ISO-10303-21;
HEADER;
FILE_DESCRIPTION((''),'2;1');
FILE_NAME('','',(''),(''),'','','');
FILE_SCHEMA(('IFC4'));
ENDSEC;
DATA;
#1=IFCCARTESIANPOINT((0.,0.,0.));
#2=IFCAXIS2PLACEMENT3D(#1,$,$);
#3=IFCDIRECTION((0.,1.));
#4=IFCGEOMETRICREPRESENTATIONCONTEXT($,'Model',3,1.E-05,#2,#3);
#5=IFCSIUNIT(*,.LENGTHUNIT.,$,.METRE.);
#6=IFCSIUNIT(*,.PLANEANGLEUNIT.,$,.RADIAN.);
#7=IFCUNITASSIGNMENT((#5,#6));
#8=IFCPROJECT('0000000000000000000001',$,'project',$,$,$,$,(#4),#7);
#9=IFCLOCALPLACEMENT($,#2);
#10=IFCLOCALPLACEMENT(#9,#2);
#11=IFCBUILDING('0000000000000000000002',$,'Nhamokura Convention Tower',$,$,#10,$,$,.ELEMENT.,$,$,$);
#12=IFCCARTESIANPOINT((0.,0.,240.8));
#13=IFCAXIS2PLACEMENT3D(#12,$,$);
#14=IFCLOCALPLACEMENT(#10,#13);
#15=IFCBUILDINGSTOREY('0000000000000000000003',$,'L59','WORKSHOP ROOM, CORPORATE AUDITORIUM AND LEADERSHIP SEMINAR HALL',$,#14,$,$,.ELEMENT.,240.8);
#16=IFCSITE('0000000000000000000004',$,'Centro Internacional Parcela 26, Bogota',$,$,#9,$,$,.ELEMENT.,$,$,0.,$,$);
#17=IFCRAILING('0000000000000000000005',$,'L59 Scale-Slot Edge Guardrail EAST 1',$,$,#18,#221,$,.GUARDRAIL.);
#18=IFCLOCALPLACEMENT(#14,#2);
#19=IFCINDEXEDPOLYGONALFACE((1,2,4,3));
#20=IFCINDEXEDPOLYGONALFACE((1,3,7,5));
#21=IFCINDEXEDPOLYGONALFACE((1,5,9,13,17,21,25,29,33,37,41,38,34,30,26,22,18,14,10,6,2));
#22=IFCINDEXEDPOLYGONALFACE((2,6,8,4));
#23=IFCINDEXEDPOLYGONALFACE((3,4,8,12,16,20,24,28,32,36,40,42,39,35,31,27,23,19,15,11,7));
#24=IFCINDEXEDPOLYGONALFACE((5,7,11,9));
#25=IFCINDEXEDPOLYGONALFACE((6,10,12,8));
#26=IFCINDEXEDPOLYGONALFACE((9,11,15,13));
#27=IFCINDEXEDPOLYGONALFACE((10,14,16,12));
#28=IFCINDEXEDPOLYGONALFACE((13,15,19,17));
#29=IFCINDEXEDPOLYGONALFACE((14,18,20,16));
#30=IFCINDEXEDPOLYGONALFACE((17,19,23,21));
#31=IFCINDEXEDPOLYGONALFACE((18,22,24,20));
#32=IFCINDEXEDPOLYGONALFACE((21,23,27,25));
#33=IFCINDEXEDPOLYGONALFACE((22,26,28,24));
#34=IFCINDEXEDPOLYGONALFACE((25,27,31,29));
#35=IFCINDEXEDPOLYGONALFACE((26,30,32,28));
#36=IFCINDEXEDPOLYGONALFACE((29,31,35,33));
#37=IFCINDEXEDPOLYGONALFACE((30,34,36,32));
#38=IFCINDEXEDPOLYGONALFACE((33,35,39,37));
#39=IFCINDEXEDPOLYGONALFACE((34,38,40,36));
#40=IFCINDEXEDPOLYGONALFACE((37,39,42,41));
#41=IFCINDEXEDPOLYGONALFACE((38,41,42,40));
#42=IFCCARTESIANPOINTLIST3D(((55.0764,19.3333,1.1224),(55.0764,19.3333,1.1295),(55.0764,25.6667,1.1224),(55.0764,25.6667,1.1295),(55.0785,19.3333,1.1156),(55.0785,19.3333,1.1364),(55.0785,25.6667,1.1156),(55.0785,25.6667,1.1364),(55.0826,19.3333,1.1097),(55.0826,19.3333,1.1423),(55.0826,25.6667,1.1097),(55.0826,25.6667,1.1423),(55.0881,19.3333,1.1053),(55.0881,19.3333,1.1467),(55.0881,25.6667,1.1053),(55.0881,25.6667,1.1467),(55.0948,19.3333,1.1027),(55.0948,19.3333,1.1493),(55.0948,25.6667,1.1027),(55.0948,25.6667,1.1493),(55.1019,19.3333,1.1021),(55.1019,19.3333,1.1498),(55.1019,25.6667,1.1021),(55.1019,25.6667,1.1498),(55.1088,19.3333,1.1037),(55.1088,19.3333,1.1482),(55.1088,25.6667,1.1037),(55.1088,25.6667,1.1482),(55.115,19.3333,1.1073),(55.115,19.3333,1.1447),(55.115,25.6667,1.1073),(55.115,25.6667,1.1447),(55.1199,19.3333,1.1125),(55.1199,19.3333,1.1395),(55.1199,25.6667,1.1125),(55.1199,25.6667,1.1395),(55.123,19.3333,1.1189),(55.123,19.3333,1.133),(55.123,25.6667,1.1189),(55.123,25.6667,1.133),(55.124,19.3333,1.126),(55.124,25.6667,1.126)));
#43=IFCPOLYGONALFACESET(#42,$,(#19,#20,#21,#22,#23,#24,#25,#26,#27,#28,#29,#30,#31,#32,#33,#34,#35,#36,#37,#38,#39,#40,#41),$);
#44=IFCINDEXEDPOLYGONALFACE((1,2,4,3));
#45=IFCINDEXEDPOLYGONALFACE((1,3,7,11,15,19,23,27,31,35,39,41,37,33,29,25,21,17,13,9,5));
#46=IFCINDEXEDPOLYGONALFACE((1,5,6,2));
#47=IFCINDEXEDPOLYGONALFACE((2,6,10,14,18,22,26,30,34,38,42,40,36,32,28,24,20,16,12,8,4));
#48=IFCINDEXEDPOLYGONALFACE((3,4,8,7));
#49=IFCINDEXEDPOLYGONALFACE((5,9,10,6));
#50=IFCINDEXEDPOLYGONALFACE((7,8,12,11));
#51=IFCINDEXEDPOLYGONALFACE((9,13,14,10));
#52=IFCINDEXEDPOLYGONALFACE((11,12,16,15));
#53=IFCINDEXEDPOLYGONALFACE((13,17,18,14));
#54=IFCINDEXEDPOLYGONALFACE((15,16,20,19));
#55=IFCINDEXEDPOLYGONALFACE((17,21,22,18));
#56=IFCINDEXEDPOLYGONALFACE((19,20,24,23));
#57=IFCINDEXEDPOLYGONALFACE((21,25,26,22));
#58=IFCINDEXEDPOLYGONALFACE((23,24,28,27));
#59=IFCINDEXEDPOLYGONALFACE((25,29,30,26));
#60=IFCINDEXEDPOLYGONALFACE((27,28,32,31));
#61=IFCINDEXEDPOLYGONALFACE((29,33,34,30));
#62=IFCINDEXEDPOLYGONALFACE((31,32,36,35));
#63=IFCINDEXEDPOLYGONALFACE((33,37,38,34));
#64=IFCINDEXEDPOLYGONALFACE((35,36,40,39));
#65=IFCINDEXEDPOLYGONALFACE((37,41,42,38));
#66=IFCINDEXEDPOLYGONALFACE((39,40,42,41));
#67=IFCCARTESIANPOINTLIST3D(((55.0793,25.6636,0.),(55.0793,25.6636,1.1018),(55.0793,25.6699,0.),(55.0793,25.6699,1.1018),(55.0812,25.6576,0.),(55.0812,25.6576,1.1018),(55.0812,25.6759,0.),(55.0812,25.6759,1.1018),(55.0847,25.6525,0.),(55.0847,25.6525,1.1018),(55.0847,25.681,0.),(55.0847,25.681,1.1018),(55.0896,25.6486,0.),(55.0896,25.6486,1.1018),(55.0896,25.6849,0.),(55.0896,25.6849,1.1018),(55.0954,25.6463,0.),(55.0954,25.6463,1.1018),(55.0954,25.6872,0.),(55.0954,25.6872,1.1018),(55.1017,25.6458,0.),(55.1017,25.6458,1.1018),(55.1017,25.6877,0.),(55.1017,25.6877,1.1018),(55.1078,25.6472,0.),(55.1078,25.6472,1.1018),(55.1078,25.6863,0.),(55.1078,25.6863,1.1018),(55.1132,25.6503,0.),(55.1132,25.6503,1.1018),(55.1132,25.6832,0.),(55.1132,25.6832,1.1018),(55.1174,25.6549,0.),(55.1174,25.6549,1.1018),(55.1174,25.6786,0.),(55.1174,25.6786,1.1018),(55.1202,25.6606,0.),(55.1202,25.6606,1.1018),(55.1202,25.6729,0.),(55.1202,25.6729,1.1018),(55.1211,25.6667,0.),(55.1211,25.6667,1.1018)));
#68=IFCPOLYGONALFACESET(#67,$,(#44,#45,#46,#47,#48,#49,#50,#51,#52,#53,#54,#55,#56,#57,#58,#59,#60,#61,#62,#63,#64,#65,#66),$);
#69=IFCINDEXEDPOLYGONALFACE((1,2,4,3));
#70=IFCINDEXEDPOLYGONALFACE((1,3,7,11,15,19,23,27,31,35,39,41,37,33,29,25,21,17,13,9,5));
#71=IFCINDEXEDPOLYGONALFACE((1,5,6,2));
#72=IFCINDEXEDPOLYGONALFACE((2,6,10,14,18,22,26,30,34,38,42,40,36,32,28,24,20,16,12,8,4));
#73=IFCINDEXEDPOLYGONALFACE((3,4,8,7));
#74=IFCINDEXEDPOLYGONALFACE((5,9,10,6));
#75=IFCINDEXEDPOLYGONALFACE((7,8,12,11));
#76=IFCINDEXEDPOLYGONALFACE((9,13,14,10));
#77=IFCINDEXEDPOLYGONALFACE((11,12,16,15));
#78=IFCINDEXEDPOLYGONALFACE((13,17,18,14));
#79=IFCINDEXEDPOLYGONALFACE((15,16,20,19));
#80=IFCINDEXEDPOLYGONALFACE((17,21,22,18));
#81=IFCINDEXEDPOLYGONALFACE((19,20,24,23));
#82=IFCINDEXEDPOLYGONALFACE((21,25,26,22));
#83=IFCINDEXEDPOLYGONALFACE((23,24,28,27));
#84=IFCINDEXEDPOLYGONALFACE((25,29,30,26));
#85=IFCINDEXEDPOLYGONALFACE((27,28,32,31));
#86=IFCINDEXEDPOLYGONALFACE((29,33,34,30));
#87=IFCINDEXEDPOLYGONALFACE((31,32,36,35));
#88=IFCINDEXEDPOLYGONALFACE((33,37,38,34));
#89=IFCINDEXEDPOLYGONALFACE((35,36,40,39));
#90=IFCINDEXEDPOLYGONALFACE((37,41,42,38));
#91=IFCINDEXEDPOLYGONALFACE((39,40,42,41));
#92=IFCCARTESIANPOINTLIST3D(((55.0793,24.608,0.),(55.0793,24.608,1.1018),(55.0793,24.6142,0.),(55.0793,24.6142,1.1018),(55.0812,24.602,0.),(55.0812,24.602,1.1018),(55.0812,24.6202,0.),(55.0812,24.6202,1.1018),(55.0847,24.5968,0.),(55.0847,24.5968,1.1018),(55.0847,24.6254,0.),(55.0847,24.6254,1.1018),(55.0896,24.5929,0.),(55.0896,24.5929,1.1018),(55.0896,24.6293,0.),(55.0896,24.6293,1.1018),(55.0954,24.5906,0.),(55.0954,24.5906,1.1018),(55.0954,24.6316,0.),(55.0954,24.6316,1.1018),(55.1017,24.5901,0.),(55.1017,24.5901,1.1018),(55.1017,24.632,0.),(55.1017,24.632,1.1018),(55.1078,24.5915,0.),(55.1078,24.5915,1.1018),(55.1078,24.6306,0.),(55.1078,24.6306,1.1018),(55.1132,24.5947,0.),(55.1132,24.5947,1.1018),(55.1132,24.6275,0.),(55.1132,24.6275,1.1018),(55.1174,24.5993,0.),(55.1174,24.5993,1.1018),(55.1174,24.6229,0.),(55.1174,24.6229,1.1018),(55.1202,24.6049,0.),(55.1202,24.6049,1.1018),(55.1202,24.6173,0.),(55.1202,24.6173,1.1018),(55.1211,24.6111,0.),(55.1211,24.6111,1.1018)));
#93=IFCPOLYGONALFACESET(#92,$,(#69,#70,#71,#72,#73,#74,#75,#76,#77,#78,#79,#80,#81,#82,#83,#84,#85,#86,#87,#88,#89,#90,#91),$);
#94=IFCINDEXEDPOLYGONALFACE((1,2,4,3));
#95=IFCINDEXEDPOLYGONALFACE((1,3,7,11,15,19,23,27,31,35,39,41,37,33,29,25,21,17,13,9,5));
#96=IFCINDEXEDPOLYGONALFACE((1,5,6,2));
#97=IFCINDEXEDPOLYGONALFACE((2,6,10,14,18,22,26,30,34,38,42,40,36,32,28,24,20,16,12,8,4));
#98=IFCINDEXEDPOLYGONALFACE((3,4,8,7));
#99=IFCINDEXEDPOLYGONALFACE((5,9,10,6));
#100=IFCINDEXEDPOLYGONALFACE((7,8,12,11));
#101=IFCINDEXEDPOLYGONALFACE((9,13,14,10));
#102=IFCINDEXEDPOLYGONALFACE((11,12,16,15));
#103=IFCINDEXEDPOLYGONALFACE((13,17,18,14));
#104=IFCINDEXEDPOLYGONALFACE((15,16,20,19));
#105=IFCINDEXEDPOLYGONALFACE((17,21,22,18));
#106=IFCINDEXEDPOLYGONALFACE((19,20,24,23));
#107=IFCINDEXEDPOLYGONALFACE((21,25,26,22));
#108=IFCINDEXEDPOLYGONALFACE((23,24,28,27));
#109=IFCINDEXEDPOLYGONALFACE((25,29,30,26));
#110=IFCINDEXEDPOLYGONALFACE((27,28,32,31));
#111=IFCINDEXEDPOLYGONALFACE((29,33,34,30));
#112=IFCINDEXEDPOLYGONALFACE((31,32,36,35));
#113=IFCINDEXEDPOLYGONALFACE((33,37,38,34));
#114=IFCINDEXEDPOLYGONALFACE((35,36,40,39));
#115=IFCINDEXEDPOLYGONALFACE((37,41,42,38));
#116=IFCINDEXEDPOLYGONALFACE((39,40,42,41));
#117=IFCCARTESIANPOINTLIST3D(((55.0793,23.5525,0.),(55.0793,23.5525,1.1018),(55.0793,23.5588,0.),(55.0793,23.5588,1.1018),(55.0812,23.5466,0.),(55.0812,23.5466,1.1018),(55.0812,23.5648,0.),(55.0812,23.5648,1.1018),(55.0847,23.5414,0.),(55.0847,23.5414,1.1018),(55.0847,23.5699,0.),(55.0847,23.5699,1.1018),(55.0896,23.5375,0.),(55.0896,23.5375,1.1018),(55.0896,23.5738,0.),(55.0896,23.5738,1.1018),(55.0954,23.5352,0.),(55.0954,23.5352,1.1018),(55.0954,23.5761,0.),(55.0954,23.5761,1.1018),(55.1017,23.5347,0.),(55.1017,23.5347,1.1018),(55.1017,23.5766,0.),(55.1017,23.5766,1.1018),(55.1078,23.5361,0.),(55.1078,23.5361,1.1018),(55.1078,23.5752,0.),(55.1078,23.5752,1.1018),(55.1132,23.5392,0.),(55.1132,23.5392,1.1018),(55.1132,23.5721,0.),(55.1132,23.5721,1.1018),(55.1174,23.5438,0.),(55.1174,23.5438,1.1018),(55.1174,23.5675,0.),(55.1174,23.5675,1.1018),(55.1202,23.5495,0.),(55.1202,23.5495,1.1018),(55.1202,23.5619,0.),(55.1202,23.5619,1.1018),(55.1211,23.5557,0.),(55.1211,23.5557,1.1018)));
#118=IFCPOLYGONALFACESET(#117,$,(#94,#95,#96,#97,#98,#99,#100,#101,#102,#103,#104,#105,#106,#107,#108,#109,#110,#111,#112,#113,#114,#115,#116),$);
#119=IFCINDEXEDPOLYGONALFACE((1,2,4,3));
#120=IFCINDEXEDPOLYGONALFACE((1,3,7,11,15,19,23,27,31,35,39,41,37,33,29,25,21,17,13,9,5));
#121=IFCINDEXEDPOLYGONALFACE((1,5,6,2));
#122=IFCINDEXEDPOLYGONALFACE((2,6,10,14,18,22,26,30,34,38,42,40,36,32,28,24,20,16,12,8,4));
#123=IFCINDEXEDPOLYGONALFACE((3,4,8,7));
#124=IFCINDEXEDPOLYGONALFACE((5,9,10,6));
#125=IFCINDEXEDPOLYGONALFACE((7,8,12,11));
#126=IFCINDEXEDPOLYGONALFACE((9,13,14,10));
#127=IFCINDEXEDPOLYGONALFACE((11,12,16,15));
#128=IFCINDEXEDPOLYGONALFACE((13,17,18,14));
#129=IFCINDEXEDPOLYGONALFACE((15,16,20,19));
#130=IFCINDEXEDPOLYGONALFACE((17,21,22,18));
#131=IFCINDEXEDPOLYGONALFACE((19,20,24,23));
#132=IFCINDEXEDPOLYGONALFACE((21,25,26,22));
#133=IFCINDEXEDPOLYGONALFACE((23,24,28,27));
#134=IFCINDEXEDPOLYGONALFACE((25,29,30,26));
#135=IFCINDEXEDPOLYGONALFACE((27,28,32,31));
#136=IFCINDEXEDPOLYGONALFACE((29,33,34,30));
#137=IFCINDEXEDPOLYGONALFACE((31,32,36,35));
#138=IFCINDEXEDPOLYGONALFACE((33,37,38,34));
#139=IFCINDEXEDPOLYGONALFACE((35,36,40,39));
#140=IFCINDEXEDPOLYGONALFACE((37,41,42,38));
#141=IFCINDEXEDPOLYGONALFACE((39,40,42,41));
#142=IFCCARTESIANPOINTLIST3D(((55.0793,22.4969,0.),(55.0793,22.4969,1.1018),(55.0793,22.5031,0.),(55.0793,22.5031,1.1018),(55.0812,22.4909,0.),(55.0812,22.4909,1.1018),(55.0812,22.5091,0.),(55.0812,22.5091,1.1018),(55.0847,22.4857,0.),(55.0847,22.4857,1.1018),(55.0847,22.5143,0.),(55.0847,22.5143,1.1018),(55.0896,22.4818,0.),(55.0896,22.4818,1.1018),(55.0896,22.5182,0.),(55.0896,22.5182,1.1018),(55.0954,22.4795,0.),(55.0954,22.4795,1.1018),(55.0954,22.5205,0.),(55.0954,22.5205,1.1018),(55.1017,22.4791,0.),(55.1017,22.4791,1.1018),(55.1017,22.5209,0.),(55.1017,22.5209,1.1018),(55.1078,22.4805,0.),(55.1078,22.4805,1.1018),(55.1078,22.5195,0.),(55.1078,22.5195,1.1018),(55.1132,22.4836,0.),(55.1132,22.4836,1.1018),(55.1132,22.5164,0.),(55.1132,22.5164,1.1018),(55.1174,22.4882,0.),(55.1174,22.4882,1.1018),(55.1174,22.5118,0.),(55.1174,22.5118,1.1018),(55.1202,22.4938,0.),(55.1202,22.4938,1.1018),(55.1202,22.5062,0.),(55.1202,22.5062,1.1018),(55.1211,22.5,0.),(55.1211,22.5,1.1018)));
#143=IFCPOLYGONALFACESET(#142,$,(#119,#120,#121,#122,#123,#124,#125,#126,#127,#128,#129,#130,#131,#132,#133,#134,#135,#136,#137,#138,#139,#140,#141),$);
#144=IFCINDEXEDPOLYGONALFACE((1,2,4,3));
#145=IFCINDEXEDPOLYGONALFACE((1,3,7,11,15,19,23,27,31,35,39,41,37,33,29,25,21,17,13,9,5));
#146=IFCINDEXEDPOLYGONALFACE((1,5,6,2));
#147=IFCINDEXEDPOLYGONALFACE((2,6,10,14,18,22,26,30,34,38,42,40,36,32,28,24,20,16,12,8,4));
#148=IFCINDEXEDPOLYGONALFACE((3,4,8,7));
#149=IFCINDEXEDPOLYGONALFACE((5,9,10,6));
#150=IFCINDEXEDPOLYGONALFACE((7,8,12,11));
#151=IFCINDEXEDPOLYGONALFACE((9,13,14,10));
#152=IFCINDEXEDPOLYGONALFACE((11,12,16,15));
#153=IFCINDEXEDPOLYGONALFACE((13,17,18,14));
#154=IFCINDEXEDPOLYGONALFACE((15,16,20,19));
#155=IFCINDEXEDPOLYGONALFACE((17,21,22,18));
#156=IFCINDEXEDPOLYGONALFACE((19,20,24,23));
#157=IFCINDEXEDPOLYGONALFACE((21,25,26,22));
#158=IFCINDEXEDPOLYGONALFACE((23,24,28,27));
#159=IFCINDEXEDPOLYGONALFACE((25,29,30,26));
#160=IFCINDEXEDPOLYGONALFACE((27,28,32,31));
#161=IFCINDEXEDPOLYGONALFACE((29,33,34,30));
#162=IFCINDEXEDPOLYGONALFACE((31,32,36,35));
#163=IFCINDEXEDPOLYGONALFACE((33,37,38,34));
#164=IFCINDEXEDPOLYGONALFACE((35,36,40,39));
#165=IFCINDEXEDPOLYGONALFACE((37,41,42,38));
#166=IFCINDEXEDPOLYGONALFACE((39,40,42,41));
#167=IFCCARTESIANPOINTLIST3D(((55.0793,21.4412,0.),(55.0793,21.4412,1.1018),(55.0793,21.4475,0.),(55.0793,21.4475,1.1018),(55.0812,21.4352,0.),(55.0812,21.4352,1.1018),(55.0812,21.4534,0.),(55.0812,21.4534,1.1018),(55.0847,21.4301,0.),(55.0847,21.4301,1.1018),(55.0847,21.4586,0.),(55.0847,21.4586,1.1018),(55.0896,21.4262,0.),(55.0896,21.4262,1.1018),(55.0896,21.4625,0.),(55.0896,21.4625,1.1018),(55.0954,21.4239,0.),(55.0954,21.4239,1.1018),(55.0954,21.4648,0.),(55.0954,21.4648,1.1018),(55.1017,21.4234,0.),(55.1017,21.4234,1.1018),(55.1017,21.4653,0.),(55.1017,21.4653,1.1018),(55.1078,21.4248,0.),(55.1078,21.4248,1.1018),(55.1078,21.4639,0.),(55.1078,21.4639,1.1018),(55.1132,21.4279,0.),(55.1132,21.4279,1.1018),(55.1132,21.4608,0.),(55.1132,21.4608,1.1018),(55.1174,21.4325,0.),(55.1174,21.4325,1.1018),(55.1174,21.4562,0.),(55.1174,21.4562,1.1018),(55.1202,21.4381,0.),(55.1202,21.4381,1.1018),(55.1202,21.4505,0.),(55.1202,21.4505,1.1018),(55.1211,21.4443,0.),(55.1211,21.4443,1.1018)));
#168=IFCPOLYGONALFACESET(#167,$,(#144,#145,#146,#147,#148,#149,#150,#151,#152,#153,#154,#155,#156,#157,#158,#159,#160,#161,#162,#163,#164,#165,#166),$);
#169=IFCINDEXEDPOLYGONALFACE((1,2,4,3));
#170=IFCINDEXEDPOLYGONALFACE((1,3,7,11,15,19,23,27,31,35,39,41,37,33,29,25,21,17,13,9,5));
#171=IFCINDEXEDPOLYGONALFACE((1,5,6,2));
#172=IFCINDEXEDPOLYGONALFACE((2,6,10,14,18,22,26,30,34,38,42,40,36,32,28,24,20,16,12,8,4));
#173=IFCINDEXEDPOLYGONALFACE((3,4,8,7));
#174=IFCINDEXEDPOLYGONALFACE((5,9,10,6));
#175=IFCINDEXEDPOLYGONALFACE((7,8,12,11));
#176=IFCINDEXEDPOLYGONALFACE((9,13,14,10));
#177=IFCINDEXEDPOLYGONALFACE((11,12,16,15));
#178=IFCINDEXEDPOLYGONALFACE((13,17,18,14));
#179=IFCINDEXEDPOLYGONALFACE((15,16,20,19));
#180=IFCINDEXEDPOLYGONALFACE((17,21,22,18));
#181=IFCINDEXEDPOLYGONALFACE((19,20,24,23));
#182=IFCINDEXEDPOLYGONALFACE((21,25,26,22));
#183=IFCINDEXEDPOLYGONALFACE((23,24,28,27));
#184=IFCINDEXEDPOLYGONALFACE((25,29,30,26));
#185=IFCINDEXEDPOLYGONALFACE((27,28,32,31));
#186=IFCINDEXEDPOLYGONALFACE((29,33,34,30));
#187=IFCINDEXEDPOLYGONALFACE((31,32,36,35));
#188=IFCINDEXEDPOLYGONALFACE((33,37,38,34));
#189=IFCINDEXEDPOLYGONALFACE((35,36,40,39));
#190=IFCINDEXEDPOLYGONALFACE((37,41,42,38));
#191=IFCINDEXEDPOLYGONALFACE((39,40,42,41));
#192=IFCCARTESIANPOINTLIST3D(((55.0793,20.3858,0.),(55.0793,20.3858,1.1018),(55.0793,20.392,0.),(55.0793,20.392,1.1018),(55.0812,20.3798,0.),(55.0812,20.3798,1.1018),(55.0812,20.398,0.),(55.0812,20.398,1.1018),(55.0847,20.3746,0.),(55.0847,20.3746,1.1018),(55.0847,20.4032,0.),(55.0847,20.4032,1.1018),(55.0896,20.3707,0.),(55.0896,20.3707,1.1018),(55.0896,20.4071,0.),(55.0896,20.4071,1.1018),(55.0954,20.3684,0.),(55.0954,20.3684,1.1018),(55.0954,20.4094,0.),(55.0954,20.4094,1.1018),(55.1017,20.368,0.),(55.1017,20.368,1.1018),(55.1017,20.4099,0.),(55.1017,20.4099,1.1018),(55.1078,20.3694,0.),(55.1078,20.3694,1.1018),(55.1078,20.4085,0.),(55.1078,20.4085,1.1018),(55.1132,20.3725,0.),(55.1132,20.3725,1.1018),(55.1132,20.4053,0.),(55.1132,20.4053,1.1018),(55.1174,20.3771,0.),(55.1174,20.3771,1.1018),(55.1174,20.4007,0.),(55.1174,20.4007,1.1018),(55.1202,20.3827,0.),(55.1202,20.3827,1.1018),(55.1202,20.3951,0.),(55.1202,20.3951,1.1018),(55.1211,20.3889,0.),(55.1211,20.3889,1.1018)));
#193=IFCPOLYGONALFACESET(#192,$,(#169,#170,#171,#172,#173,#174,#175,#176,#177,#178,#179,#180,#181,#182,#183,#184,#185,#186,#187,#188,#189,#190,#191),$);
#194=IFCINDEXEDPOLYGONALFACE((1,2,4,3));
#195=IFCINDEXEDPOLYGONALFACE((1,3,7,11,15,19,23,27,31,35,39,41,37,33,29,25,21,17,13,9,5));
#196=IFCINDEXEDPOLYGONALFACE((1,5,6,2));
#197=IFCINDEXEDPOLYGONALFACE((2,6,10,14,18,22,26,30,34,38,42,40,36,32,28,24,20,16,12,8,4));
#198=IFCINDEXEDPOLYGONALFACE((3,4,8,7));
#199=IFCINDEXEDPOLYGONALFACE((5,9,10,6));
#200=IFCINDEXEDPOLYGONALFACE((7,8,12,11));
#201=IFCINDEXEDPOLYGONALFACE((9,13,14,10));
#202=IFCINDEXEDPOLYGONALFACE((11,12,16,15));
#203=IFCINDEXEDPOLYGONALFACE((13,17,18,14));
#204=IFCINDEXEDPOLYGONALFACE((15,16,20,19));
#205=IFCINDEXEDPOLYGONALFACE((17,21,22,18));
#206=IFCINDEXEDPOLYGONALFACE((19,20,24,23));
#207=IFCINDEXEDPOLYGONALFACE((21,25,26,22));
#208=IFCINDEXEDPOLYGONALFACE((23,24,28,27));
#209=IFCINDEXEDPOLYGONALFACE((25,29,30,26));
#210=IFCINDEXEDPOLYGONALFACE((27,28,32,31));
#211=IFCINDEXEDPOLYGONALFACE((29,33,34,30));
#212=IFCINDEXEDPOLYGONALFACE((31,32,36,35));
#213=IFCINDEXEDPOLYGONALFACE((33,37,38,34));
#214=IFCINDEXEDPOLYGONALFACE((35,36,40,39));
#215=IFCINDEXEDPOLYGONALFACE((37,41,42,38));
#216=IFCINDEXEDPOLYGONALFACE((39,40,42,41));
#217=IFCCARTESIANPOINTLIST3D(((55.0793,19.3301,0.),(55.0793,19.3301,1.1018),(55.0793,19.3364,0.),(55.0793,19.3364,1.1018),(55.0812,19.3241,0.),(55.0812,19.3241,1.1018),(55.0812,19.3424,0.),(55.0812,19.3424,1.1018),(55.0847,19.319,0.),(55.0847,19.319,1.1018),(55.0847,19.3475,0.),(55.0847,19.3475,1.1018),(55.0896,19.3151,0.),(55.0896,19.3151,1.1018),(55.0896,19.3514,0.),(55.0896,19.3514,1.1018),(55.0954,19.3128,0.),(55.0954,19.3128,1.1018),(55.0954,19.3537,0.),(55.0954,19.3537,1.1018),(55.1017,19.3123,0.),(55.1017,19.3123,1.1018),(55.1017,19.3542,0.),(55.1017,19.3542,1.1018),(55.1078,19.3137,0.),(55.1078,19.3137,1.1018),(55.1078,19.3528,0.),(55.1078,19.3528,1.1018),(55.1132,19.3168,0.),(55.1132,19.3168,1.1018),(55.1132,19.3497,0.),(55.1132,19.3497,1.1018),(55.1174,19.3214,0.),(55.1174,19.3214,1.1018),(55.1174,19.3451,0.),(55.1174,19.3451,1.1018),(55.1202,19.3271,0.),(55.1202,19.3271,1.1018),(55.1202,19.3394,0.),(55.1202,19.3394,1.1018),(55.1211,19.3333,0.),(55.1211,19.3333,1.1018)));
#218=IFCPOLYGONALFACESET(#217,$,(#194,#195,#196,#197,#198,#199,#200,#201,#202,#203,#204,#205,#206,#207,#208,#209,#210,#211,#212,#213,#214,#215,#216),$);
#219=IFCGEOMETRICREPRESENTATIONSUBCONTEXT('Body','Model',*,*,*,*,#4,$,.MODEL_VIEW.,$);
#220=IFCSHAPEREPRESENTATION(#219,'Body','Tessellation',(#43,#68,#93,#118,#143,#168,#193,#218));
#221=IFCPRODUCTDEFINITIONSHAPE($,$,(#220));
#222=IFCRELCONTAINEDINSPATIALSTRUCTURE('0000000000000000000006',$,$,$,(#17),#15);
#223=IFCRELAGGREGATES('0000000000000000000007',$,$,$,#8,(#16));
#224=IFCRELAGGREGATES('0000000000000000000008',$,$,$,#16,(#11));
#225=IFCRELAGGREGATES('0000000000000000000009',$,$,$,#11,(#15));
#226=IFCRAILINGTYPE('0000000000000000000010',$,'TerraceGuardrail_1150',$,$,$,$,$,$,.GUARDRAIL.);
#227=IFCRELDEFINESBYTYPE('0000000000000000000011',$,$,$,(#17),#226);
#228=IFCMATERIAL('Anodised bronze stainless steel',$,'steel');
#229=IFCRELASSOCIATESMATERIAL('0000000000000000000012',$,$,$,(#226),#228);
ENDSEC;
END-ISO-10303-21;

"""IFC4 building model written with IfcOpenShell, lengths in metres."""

from ifc_helpers import new_model, si_unit, direction, frame, origin, origin_2d, place, context, subcontext, project, spatial, circle, extrude, material, type_object, element, save


model = new_model("IFC4")

# Units and contexts
model_context = context("Model", 3, precision=1e-05, world=origin(), true_north=direction((0.0, 1.0)))
body_context = subcontext(model_context, "Body", "Model", "MODEL_VIEW")
ifc_project = project(units=[si_unit("LENGTHUNIT", "METRE"), si_unit("PLANEANGLEUNIT", "RADIAN")], contexts=[model_context])

# Site, building, storey
site_placement = place(None, origin())
site = spatial("IfcSite", under=ifc_project, at=site_placement, Name="Centro Internacional Parcela 26, Bogota", CompositionType="ELEMENT", RefElevation=0.0)
building_placement = place(site_placement, origin())
building = spatial("IfcBuilding", under=site, at=building_placement, Name="Nhamokura Convention Tower", CompositionType="ELEMENT")
storey_placement = place(building_placement, frame((0.0, 0.0, 240.8)))
storey = spatial("IfcBuildingStorey", under=building, at=storey_placement, Name="L59", Description="WORKSHOP ROOM, CORPORATE AUDITORIUM AND LEADERSHIP SEMINAR HALL", CompositionType="ELEMENT", Elevation=240.8)

# Railing
ifc_material_1 = material(Name="Anodised bronze stainless steel", Category="steel")
railing_type = type_object("IfcRailingType", Name="TerraceGuardrail_1150", PredefinedType="GUARDRAIL", material=ifc_material_1)
railing_placement = place(storey_placement, frame((55.1001, 25.6667, 0.0)))
element("IfcRailing", 1, at=railing_placement, inside=storey, type_object=railing_type, Name="L59 Scale-Slot Edge Guardrail EAST 1", PredefinedType="GUARDRAIL", context=body_context, shape_type="SweptSolid", body=[
    extrude(circle(Radius=0.0239, at=origin_2d()), frame((0.0, 0.0, 1.126), z_axis=(0.0, -1.0, 0.0), x_axis=(1.0, 0.0, 0.0)), (0.0, 0.0, 1.0), 6.3335),
    extrude(circle(Radius=0.021, at=origin_2d()), origin(), (0.0, 0.0, 1.0), 1.1018),
    extrude(circle(Radius=0.021, at=origin_2d()), frame((0.0, -1.0557, 0.0)), (0.0, 0.0, 1.0), 1.1018),
    extrude(circle(Radius=0.021, at=origin_2d()), frame((0.0, -2.1111, 0.0)), (0.0, 0.0, 1.0), 1.1018),
    extrude(circle(Radius=0.021, at=origin_2d()), frame((0.0, -3.1667, 0.0)), (0.0, 0.0, 1.0), 1.1018),
    extrude(circle(Radius=0.021, at=origin_2d()), frame((0.0, -4.2224, 0.0)), (0.0, 0.0, 1.0), 1.1018),
    extrude(circle(Radius=0.021, at=origin_2d()), frame((0.0, -5.2778, 0.0)), (0.0, 0.0, 1.0), 1.1018),
    extrude(circle(Radius=0.021, at=origin_2d()), frame((0.0, -6.3335, 0.0)), (0.0, 0.0, 1.0), 1.1018),
])

save(model, "model.ifc")
